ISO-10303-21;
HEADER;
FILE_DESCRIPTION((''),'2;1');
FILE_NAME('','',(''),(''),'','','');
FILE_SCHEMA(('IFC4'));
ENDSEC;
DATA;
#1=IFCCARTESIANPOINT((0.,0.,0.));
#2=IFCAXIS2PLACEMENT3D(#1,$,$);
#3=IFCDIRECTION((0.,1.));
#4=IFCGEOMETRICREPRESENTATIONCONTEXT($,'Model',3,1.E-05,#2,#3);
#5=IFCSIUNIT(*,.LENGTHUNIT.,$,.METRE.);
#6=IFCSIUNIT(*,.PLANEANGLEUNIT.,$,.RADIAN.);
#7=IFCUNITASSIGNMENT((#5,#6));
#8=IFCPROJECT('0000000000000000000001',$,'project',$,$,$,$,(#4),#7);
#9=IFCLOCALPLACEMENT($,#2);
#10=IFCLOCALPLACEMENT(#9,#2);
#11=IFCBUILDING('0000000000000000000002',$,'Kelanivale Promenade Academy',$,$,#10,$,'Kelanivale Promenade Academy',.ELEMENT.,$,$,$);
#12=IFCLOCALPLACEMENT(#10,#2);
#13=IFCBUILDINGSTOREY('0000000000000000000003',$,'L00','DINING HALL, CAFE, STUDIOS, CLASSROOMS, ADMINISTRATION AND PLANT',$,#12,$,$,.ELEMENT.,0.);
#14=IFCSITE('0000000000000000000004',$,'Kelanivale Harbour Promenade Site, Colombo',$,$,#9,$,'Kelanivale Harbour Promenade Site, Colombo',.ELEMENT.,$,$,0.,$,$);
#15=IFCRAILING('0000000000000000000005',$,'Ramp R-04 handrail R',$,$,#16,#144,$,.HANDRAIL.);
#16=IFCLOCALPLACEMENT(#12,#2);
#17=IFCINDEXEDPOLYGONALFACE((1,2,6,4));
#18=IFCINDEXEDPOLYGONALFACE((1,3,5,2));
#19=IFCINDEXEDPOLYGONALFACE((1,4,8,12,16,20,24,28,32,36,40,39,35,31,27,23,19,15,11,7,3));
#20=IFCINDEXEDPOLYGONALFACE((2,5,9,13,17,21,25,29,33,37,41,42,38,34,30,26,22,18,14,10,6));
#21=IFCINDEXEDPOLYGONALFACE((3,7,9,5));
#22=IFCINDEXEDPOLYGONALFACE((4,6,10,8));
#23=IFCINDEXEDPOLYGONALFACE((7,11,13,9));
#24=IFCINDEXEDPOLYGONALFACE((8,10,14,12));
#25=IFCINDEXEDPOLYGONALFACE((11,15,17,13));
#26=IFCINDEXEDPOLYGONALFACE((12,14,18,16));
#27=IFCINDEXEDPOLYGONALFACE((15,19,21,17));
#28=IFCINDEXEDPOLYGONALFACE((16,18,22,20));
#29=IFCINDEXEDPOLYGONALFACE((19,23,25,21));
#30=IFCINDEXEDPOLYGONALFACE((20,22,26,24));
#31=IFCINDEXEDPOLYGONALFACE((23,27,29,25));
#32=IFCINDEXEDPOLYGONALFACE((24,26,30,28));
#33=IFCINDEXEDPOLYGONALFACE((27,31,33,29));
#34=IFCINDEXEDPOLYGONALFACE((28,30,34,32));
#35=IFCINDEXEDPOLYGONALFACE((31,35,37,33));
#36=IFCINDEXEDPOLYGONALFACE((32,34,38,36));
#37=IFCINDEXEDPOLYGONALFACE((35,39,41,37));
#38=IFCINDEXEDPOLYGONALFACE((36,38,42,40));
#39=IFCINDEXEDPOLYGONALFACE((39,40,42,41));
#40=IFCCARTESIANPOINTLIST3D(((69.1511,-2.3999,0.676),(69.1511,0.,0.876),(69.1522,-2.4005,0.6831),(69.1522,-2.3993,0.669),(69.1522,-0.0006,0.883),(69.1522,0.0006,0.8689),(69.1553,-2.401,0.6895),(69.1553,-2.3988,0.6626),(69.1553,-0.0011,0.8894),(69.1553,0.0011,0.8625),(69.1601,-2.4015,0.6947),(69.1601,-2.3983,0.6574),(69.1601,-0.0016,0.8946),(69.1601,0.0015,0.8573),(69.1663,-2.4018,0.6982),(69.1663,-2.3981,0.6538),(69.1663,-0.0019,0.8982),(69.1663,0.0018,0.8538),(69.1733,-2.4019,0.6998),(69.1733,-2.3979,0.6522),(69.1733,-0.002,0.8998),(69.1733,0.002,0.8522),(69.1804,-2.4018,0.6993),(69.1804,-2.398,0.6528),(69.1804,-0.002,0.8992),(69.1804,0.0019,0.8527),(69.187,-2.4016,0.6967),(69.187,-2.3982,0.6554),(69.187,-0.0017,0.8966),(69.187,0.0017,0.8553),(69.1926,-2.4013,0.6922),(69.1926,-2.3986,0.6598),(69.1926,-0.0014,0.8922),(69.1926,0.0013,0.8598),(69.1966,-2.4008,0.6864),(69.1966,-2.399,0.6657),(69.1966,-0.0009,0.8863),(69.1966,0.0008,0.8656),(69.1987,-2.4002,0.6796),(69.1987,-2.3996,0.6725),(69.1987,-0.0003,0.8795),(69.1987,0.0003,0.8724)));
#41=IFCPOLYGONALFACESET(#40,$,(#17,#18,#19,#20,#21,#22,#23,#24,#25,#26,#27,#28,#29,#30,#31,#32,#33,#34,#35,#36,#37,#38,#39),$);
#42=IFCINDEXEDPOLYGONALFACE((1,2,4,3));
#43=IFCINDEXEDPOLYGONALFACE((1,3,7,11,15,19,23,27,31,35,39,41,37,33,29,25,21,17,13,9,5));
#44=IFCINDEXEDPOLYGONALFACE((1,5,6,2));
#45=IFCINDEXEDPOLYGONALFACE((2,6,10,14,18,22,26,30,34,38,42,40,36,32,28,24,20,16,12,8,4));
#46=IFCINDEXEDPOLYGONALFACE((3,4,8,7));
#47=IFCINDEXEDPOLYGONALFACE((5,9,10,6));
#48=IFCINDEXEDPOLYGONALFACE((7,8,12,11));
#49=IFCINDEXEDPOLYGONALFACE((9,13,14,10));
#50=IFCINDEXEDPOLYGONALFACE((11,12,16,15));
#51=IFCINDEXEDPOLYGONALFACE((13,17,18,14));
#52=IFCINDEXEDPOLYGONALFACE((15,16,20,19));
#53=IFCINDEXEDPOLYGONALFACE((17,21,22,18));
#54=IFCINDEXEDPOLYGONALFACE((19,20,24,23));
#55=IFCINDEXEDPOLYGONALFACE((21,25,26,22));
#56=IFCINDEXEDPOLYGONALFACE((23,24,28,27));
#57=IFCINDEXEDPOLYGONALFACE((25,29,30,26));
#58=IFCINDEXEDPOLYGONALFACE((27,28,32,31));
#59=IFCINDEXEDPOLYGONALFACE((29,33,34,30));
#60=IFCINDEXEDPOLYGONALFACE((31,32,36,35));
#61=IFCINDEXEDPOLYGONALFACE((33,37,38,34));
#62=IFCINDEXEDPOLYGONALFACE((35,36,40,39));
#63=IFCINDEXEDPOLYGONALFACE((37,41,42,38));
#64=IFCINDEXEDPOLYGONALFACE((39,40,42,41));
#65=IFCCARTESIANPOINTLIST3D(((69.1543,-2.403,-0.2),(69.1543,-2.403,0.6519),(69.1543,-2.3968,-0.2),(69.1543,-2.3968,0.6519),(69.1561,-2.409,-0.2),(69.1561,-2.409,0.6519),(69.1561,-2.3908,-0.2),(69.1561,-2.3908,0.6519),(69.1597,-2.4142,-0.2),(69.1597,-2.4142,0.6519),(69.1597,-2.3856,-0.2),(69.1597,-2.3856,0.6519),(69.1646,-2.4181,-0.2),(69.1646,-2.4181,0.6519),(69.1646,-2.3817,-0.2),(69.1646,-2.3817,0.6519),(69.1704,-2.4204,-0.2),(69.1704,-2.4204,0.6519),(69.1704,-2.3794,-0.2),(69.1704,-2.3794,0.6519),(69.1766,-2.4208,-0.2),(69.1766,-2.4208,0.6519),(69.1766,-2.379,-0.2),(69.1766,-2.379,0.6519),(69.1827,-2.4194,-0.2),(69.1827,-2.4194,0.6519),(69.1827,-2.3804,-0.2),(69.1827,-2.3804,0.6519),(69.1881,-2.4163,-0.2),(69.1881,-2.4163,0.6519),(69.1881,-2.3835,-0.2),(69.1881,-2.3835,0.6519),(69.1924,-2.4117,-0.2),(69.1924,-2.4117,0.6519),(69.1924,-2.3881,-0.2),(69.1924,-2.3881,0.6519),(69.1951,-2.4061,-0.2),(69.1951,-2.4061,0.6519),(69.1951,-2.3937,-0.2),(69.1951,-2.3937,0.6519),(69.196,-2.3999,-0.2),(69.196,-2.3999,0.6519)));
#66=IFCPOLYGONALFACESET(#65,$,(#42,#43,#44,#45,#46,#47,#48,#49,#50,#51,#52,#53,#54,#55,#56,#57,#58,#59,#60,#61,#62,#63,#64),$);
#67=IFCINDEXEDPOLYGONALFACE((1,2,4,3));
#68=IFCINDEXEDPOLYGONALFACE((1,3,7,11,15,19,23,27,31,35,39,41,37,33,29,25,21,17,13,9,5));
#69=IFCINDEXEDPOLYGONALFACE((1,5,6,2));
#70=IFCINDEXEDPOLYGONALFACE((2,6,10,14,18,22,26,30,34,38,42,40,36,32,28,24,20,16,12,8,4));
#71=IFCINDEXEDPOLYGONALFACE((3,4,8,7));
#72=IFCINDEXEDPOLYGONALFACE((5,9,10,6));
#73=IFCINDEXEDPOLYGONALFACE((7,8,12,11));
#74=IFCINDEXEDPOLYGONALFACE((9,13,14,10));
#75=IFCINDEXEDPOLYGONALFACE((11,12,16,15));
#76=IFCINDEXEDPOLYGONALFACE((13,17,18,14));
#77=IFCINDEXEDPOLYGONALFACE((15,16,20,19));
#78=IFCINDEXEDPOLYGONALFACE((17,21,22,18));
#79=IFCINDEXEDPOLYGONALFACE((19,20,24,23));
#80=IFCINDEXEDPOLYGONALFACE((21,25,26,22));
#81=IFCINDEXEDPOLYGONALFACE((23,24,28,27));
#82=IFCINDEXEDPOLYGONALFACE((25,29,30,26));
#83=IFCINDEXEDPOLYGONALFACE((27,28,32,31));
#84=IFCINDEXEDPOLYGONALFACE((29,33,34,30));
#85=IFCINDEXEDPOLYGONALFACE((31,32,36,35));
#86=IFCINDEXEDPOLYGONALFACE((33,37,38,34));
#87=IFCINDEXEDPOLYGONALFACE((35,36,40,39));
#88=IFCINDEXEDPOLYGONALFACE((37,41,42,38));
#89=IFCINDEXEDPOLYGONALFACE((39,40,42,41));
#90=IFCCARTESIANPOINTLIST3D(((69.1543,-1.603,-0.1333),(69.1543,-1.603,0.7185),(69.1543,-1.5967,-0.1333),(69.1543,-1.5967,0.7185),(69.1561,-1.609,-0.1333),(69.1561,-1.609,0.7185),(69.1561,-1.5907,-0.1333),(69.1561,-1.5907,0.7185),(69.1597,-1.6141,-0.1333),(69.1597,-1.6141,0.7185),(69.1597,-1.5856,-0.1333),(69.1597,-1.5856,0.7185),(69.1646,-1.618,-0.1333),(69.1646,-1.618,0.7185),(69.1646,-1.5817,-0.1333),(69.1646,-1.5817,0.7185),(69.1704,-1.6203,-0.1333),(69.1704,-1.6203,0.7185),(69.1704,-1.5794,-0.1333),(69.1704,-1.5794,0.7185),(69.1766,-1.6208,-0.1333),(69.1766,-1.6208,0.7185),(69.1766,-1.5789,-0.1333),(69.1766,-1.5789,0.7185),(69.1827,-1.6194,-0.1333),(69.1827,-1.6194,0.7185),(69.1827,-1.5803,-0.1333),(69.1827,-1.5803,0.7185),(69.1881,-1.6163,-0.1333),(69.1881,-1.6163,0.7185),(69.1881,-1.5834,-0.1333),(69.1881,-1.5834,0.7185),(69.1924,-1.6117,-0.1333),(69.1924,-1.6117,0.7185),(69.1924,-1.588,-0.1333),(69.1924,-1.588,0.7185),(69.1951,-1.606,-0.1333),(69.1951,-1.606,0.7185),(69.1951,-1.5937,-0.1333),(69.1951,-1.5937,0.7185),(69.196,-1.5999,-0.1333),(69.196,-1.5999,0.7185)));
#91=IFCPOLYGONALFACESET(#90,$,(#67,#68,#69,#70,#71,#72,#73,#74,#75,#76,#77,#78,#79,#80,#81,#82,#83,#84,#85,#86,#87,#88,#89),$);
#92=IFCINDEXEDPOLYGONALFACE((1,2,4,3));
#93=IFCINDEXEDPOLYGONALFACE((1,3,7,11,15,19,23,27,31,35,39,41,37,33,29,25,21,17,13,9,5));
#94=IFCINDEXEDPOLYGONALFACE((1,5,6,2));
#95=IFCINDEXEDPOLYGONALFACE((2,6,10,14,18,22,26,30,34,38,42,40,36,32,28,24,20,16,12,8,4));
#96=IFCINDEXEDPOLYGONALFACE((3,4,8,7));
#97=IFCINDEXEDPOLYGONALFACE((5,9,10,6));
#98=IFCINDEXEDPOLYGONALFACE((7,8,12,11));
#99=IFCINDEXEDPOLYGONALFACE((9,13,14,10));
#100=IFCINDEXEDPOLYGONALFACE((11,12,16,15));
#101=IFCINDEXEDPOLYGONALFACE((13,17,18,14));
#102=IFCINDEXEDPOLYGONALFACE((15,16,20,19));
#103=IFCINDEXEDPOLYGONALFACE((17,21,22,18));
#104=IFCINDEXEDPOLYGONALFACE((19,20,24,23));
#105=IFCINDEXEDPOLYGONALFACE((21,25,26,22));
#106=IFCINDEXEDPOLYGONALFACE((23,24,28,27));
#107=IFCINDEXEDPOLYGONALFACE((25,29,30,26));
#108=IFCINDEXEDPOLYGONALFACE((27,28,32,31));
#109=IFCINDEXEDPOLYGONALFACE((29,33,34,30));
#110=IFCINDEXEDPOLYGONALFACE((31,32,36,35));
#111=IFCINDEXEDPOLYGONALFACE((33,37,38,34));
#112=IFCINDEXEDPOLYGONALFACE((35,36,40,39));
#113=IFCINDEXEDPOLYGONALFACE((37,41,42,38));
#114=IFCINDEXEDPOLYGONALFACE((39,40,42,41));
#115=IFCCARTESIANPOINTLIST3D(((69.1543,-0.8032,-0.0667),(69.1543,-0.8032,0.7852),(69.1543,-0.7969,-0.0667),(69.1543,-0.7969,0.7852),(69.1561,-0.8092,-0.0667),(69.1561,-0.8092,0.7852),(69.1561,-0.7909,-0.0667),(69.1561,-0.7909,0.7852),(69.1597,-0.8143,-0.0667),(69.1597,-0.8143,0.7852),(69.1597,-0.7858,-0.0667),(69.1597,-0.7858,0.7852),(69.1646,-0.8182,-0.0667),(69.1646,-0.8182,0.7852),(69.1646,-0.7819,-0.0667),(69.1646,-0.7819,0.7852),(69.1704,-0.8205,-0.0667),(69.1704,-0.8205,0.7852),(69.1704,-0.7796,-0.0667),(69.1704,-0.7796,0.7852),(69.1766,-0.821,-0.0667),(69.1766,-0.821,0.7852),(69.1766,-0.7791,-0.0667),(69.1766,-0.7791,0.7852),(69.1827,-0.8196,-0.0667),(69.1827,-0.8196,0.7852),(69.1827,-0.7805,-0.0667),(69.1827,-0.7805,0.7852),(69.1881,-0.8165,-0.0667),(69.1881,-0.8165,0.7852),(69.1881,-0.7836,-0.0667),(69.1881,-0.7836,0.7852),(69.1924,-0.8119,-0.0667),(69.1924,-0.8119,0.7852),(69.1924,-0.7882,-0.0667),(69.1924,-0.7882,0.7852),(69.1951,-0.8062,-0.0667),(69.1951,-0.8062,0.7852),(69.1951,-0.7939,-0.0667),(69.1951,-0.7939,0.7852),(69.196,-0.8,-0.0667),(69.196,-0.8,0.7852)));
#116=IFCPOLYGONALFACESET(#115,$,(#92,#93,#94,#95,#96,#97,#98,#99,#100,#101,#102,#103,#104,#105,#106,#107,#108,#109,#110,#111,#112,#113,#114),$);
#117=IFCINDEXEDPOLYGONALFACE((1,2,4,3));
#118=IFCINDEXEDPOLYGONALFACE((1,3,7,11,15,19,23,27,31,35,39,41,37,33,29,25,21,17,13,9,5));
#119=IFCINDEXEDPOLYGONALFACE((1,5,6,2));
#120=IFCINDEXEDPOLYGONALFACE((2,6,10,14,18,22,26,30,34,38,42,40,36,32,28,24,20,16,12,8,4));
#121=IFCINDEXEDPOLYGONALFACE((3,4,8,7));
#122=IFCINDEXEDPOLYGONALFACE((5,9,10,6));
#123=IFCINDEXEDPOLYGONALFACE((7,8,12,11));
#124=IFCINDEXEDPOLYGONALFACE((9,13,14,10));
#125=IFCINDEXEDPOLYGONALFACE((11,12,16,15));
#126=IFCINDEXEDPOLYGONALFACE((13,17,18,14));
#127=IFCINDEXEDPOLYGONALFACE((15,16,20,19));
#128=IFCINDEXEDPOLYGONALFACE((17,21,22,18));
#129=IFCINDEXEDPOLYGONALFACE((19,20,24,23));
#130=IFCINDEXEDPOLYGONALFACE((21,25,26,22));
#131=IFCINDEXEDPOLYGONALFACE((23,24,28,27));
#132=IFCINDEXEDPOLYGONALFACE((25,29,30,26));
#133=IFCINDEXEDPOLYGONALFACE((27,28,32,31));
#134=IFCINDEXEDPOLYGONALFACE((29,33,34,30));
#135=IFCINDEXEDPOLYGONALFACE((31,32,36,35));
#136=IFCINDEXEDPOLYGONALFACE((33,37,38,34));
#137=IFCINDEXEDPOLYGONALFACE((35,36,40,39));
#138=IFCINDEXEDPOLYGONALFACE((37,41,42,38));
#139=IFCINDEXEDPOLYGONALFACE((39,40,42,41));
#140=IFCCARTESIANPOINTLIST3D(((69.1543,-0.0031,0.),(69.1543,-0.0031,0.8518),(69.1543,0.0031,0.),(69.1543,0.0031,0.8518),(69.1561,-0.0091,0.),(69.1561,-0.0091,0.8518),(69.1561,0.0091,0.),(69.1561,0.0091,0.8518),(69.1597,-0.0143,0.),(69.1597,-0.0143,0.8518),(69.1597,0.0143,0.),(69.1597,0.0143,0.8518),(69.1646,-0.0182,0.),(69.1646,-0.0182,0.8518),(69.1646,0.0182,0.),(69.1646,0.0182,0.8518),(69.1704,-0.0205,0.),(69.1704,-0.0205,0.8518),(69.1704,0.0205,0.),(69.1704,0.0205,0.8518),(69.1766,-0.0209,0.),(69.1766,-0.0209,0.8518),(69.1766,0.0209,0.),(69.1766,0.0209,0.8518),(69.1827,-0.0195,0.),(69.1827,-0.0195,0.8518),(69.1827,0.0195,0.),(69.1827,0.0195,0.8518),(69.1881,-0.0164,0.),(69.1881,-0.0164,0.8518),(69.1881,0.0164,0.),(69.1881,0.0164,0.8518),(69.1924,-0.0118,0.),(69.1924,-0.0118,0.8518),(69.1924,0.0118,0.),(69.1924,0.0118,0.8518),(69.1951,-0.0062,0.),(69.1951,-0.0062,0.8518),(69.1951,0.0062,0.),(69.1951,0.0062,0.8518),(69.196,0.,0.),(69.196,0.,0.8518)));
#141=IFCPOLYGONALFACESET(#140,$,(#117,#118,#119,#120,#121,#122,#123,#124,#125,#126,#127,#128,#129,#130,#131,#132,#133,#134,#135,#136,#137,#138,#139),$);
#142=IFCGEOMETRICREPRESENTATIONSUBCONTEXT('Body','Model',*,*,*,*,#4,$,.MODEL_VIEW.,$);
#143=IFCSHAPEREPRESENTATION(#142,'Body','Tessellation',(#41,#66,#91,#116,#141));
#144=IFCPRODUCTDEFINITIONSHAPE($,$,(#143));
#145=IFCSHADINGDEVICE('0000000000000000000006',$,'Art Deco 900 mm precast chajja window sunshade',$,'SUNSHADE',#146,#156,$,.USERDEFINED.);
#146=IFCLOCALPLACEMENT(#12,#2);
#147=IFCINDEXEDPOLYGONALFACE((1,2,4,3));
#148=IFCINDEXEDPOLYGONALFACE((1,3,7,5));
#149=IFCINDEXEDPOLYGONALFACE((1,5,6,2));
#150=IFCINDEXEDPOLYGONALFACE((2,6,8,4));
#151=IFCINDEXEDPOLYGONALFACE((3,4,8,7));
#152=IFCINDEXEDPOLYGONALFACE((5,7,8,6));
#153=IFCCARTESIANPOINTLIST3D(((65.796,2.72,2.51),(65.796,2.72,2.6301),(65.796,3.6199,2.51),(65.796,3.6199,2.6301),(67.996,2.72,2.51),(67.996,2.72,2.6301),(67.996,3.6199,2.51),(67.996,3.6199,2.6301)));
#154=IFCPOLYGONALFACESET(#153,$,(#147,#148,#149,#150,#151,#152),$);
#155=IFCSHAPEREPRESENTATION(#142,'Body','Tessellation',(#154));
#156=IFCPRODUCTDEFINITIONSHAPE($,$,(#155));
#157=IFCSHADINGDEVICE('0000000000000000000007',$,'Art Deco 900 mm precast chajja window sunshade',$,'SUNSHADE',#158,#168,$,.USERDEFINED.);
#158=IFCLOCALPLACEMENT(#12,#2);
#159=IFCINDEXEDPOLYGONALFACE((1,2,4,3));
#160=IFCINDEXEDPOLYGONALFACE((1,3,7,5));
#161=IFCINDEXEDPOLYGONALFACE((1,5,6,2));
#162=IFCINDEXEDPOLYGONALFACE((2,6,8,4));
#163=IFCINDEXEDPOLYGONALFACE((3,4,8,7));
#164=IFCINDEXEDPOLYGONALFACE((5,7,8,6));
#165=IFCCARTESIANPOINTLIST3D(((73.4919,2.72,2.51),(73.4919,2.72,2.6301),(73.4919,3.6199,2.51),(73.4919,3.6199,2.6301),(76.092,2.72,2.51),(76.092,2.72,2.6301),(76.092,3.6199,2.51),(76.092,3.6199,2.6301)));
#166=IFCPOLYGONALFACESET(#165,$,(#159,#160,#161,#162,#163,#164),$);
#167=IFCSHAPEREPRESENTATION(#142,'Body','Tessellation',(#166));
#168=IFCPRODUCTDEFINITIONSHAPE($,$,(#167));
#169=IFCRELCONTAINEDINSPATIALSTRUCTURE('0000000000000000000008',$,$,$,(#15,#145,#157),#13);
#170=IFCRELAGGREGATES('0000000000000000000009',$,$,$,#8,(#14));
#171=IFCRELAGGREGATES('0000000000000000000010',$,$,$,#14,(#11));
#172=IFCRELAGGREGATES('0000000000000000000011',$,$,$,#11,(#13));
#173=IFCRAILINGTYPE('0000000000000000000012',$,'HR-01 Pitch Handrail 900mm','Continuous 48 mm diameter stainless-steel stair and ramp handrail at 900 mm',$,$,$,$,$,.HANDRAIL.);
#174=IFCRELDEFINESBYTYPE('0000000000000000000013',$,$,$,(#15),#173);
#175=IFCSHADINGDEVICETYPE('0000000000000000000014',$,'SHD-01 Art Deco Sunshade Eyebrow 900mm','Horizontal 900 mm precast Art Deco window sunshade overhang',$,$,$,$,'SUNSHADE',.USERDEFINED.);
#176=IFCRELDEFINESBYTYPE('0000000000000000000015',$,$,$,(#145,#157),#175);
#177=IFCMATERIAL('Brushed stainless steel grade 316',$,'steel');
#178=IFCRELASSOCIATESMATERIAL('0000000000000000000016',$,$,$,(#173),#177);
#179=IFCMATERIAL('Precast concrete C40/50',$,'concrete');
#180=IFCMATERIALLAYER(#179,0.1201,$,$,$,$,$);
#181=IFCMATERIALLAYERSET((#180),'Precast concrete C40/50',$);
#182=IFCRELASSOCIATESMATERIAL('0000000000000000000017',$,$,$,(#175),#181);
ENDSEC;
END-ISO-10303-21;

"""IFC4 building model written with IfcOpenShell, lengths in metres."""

from ifc_helpers import new_model, si_unit, direction, frame, origin, origin_2d, place, context, subcontext, project, spatial, rectangle, circle, extrude, material, layer, layer_set, type_object, element, save


model = new_model("IFC4")

# Units and contexts
model_context = context("Model", 3, precision=1e-05, world=origin(), true_north=direction((0.0, 1.0)))
body_context = subcontext(model_context, "Body", "Model", "MODEL_VIEW")
ifc_project = project(units=[si_unit("LENGTHUNIT", "METRE"), si_unit("PLANEANGLEUNIT", "RADIAN")], contexts=[model_context])

# Site, building, storey
site_placement = place(None, origin())
site = spatial("IfcSite", under=ifc_project, at=site_placement, Name="Kelanivale Harbour Promenade Site, Colombo", LongName="Kelanivale Harbour Promenade Site, Colombo", CompositionType="ELEMENT", RefElevation=0.0)
building_placement = place(site_placement, origin())
building = spatial("IfcBuilding", under=site, at=building_placement, Name="Kelanivale Promenade Academy", LongName="Kelanivale Promenade Academy", CompositionType="ELEMENT")
storey_placement = place(building_placement, origin())
storey = spatial("IfcBuildingStorey", under=building, at=storey_placement, Name="L00", Description="DINING HALL, CAFE, STUDIOS, CLASSROOMS, ADMINISTRATION AND PLANT", CompositionType="ELEMENT", Elevation=0.0)

# Railing
ifc_material_1 = material(Name="Brushed stainless steel grade 316", Category="steel")
railing_type = type_object("IfcRailingType", Name="HR-01 Pitch Handrail 900mm", Description="Continuous 48 mm diameter stainless-steel stair and ramp handrail at 900 mm", PredefinedType="HANDRAIL", material=ifc_material_1)
for number, where, name in (
    (1, (69.175, -2.3999, -0.2), "Ramp R-04 handrail R"),
):
    element("IfcRailing", number, at=place(storey_placement, frame(where)), inside=storey, type_object=railing_type, Name=name, PredefinedType="HANDRAIL", context=body_context, shape_type="SweptSolid", body=[
        extrude(circle(Radius=0.0239, at=origin_2d()), frame((0.0, 0.0, 0.876), z_axis=(0.0, 0.996547, 0.083029), x_axis=(-1.0, 0.0, 0.0)), (0.0, 0.0, 1.0), 2.4082),
        extrude(circle(Radius=0.021, at=origin_2d()), origin(), (0.0, 0.0, 1.0), 0.8518),
        extrude(circle(Radius=0.021, at=origin_2d()), frame((0.0, 0.8, 0.0667)), (0.0, 0.0, 1.0), 0.8518),
        extrude(circle(Radius=0.021, at=origin_2d()), frame((0.0, 1.5999, 0.1333)), (0.0, 0.0, 1.0), 0.8518),
        extrude(circle(Radius=0.021, at=origin_2d()), frame((0.0, 2.3999, 0.2)), (0.0, 0.0, 1.0), 0.8518),
    ])

# Shading devices
ifc_material_2 = material(Name="Precast concrete C40/50", Category="concrete")
ifc_layer_1 = layer(ifc_material_2, 0.1201)
ifc_layer_set_1 = layer_set([ifc_layer_1], Name="Precast concrete C40/50")
shading_device_type = type_object("IfcShadingDeviceType", Name="SHD-01 Art Deco Sunshade Eyebrow 900mm", Description="Horizontal 900 mm precast Art Deco window sunshade overhang", ElementType="SUNSHADE", PredefinedType="USERDEFINED", material=ifc_layer_set_1)
shading_device_1_placement = place(storey_placement, frame((66.896, 3.1699, 2.51), z_axis=(0.0, 0.0, 1.0), x_axis=(1.0, 0.0, 0.0)))
element("IfcShadingDevice", 2, at=shading_device_1_placement, inside=storey, type_object=shading_device_type, Name="Art Deco 900 mm precast chajja window sunshade", ObjectType="SUNSHADE", PredefinedType="USERDEFINED", context=body_context, shape_type="SweptSolid", body=[
    extrude(rectangle(XDim=2.2, YDim=0.8999, at=origin_2d()), origin(), (0.0, 0.0, 1.0), 0.1201),
])
shading_device_2_placement = place(storey_placement, frame((74.792, 3.1699, 2.51), z_axis=(0.0, 0.0, 1.0), x_axis=(1.0, 0.0, 0.0)))
element("IfcShadingDevice", 3, at=shading_device_2_placement, inside=storey, type_object=shading_device_type, Name="Art Deco 900 mm precast chajja window sunshade", ObjectType="SUNSHADE", PredefinedType="USERDEFINED", context=body_context, shape_type="SweptSolid", body=[
    extrude(rectangle(XDim=2.6001, YDim=0.8999, at=origin_2d()), origin(), (0.0, 0.0, 1.0), 0.1201),
])

save(model, "model.ifc")
